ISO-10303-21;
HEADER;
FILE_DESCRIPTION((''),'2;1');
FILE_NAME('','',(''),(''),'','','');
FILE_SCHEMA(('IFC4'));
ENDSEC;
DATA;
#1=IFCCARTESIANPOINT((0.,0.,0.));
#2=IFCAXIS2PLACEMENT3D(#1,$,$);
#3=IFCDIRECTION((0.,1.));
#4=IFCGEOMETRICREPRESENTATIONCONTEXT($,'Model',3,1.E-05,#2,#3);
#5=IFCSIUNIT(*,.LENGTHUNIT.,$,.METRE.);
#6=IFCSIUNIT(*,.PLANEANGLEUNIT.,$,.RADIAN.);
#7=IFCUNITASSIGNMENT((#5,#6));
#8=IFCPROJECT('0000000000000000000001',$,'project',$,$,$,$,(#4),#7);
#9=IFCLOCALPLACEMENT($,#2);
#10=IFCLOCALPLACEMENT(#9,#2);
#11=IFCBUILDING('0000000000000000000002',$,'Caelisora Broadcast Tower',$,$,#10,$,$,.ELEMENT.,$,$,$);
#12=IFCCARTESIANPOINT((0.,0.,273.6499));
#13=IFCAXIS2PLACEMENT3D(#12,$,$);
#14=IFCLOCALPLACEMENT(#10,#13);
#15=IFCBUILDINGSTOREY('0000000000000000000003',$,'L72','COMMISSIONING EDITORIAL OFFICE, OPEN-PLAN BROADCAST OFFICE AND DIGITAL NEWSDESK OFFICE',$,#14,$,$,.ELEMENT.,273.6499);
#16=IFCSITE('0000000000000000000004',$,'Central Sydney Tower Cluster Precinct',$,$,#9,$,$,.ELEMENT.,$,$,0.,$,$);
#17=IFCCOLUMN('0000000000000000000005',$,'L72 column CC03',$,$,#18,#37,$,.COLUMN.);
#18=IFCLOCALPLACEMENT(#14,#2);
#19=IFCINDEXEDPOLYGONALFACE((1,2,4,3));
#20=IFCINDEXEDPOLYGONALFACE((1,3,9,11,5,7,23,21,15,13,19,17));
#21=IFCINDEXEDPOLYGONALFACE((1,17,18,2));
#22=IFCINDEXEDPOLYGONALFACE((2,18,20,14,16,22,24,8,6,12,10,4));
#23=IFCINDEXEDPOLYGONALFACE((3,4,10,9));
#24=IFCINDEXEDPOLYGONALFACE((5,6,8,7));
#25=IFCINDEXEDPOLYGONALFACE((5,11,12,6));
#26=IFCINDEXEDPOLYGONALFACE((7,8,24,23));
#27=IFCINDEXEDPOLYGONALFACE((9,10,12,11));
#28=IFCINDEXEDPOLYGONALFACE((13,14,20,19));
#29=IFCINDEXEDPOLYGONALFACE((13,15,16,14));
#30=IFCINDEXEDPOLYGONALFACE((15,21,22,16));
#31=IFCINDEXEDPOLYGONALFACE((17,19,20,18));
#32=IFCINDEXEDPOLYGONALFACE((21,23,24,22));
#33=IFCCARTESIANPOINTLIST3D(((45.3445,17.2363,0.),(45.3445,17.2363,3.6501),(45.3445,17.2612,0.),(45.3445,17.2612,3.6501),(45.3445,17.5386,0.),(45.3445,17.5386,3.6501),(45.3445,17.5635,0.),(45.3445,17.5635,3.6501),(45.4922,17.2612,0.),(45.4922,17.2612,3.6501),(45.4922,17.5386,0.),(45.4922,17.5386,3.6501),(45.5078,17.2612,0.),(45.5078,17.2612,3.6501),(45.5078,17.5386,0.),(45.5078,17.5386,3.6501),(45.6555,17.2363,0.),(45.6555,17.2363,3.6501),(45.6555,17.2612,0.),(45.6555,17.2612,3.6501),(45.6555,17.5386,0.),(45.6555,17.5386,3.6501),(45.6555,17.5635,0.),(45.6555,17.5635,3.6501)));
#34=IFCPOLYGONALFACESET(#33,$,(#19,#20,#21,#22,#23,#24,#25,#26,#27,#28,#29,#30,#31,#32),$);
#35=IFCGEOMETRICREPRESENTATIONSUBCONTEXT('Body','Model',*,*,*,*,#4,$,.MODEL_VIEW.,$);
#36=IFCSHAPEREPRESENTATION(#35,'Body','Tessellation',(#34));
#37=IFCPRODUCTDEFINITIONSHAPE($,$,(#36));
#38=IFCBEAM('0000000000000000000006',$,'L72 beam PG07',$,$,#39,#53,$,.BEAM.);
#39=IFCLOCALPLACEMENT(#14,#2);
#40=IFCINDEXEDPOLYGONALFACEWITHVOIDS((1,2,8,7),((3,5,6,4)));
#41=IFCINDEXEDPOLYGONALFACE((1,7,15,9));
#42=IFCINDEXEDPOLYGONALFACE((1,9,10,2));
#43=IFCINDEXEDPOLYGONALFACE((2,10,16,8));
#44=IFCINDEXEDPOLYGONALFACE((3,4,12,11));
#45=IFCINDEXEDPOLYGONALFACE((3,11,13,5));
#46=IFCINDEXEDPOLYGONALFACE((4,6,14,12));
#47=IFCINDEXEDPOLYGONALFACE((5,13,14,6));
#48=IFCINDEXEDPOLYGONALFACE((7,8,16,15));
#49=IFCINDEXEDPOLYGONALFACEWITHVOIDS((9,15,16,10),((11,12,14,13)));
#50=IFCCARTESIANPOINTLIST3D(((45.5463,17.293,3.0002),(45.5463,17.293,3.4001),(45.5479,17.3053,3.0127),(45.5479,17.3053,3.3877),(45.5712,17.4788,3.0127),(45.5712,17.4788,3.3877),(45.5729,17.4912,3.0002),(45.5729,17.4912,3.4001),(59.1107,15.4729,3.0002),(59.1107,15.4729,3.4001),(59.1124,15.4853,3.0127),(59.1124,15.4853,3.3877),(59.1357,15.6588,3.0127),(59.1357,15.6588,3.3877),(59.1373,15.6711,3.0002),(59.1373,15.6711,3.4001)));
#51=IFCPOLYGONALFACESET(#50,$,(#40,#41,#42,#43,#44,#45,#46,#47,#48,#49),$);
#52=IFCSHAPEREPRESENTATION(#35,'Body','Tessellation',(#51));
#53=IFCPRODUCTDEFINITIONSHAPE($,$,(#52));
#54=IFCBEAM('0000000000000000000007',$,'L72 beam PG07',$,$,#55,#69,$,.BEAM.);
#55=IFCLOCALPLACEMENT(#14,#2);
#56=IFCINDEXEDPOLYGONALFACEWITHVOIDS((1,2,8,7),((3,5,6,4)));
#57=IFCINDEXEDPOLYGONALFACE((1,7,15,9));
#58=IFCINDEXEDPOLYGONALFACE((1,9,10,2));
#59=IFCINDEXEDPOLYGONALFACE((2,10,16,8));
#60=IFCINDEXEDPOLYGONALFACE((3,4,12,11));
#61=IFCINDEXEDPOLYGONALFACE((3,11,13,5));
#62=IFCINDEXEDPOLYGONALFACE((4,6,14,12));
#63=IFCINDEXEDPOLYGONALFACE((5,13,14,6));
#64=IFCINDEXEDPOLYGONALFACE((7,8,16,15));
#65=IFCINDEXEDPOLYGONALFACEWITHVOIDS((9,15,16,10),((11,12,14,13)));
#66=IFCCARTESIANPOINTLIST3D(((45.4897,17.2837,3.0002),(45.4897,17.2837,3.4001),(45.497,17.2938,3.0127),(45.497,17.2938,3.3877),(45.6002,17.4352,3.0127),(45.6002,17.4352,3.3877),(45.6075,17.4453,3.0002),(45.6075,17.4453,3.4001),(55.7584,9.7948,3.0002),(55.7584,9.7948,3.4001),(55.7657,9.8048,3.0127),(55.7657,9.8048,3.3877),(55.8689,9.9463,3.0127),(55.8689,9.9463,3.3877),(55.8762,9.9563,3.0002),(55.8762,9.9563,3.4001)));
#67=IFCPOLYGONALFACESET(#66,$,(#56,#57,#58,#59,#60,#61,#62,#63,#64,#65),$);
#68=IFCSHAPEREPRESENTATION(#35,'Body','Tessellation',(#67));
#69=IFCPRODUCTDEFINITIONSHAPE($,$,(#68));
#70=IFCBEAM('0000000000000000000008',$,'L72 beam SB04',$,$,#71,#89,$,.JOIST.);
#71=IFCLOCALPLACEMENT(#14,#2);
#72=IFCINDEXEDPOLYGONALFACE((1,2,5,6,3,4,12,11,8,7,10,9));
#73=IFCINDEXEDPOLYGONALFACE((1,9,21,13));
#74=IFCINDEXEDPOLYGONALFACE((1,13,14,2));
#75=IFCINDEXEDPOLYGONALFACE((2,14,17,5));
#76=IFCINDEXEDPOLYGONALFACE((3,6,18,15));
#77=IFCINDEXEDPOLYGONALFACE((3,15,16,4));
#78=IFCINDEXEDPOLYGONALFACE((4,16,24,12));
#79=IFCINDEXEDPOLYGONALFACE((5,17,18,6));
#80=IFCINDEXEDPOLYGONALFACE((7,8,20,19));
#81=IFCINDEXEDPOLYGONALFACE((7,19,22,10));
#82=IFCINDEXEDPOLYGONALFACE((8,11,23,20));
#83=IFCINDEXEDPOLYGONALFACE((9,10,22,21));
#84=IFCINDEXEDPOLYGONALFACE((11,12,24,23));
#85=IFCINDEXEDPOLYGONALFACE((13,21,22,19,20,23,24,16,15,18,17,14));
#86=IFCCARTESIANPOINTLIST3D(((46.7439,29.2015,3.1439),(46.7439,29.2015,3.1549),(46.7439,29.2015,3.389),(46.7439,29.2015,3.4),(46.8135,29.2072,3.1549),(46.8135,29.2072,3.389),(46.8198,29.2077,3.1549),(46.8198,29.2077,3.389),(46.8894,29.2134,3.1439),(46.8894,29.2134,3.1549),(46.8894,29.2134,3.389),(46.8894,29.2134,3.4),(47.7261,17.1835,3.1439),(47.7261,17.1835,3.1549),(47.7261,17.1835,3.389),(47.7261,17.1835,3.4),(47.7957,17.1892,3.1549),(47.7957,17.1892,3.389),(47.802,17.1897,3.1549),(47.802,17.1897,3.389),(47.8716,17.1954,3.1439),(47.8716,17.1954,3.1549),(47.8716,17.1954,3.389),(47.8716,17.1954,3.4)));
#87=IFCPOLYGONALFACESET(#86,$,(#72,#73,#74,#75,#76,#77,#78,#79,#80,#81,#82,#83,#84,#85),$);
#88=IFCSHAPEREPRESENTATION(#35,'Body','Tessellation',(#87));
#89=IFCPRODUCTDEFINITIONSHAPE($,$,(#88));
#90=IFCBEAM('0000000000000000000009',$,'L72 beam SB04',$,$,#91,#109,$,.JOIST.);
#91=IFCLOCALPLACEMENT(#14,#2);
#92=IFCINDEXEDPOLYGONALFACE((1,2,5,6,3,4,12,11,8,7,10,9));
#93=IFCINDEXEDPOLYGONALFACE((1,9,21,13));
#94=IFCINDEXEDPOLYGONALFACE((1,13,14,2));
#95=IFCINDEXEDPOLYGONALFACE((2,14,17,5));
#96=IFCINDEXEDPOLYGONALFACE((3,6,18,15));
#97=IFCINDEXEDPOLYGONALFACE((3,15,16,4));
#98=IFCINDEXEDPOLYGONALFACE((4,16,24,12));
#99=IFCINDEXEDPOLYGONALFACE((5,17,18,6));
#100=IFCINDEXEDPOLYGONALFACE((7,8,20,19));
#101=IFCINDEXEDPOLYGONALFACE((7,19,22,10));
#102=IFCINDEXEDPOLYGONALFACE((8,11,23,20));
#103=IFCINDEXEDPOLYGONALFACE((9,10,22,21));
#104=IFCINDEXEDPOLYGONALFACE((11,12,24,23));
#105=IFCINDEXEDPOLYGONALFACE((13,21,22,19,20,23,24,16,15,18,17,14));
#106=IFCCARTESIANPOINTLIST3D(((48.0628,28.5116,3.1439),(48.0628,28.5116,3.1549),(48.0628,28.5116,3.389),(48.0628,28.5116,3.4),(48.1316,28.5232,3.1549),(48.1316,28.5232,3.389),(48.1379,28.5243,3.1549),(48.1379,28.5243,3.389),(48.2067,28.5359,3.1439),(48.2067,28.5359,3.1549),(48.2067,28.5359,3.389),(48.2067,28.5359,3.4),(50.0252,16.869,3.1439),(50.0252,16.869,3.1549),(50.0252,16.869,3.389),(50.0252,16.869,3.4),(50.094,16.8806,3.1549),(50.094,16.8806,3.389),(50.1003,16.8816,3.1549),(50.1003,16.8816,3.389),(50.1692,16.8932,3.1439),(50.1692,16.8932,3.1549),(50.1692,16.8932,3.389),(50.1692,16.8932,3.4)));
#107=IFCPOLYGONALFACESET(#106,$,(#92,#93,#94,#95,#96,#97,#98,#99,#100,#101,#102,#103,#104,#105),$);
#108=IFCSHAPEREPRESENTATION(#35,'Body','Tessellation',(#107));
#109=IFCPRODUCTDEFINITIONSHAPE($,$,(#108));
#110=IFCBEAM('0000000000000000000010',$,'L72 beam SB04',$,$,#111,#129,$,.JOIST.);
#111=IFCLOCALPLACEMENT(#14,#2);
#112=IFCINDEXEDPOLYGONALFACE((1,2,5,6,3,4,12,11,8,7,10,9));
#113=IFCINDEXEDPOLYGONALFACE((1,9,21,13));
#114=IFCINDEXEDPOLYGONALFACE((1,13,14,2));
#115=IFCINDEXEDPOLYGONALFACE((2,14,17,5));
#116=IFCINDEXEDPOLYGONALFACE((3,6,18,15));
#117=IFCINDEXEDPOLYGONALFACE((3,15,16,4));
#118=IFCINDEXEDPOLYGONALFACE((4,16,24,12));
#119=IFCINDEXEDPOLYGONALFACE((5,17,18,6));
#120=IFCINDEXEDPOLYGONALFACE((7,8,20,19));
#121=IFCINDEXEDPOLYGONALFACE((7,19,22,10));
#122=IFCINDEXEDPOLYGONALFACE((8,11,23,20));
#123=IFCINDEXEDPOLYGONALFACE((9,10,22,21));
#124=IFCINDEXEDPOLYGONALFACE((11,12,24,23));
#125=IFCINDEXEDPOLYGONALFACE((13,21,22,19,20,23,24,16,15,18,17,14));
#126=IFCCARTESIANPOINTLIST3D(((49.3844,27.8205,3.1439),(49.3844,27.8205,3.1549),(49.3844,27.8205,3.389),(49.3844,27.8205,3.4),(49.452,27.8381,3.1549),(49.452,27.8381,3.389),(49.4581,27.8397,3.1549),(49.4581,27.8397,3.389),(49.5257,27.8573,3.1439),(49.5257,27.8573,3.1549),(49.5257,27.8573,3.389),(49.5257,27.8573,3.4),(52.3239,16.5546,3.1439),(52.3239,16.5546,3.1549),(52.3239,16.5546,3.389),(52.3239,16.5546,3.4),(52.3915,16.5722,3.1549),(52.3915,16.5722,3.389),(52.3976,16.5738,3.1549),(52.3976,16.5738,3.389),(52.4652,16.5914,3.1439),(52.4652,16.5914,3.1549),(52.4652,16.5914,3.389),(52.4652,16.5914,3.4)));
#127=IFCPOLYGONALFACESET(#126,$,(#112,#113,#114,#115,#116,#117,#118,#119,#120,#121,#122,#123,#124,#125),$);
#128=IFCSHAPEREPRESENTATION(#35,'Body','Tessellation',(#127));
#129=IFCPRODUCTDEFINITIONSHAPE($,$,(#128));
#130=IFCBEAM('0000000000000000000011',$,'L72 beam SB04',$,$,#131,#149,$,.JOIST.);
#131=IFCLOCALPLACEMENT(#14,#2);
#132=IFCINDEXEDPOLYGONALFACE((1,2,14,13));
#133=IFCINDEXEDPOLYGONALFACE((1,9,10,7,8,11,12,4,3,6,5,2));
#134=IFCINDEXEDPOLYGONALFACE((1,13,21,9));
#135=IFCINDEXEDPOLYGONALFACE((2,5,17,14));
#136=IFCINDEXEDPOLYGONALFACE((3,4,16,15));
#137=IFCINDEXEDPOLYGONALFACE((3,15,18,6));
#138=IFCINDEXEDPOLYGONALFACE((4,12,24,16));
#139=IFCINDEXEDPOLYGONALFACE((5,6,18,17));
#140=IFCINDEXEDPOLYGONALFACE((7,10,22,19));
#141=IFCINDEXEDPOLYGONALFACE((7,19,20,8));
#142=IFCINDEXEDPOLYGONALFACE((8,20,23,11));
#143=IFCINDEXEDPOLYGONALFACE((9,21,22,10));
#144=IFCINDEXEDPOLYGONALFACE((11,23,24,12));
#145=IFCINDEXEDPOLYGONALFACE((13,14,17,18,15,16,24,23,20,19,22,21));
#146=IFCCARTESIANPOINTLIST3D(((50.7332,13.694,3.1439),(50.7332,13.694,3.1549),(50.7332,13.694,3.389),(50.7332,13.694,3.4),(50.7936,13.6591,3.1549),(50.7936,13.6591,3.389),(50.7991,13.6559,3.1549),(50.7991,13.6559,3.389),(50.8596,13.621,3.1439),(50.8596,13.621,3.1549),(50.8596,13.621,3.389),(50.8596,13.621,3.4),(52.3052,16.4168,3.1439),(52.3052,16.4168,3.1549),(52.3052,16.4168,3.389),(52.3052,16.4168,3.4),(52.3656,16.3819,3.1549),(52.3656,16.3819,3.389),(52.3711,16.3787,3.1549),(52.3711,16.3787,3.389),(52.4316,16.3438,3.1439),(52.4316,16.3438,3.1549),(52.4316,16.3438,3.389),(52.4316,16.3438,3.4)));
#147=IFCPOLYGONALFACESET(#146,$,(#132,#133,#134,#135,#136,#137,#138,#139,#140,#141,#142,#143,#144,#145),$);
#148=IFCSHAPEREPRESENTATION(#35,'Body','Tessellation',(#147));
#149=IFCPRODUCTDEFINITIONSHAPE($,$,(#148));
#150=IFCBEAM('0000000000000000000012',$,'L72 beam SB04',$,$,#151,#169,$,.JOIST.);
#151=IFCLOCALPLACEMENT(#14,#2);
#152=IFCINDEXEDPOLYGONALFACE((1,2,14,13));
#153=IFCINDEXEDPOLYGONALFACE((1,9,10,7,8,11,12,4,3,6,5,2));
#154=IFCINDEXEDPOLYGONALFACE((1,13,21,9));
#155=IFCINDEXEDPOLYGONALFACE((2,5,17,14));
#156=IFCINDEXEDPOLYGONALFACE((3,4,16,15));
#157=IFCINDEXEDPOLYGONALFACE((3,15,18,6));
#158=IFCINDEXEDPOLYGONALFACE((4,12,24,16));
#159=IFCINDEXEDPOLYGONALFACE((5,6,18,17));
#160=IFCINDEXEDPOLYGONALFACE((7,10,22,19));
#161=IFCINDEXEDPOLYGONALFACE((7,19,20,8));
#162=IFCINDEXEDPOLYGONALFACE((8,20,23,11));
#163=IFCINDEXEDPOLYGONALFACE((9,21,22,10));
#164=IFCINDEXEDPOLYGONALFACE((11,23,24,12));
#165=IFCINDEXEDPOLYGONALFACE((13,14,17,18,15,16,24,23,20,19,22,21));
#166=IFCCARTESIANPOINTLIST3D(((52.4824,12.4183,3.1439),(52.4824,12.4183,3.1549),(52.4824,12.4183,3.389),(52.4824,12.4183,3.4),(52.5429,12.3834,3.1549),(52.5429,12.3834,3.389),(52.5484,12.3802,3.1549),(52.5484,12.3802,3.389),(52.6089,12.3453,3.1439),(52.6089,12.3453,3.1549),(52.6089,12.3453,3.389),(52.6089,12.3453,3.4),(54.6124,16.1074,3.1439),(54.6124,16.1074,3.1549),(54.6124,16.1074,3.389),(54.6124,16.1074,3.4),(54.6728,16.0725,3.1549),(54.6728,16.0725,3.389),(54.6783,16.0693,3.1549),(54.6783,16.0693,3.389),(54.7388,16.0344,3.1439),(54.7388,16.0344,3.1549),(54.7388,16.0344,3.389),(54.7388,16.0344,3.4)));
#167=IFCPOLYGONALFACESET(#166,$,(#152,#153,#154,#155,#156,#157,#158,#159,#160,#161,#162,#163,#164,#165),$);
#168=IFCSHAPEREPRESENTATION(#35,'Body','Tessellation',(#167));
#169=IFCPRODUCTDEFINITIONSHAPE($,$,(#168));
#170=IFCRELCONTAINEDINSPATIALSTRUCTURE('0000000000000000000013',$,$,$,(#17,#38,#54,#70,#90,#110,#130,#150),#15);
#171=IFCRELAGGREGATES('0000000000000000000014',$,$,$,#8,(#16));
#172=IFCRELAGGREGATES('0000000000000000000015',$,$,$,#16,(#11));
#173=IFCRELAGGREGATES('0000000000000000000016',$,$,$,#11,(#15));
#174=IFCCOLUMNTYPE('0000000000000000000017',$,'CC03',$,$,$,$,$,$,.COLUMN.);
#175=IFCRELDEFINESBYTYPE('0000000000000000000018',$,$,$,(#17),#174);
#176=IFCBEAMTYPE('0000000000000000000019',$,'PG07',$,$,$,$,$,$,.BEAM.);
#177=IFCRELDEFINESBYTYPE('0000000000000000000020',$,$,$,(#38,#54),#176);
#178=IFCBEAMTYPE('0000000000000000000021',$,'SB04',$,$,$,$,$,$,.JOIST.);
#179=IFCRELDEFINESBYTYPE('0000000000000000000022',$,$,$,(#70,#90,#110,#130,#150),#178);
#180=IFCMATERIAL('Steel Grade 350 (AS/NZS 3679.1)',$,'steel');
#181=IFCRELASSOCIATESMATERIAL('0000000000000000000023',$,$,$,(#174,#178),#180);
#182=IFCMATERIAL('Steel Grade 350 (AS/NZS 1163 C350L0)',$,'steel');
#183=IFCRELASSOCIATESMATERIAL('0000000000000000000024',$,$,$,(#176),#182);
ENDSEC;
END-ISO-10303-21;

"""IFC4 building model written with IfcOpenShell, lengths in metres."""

from ifc_helpers import new_model, si_unit, direction, frame, origin, origin_2d, place, context, subcontext, project, spatial, hollow_rectangle, i_section, extrude, source, transform, mapped, material, material_profile, profile_set, type_object, type_shapes, element, save


model = new_model("IFC4")

# Units and contexts
model_context = context("Model", 3, precision=1e-05, world=origin(), true_north=direction((0.0, 1.0)))
body_context = subcontext(model_context, "Body", "Model", "MODEL_VIEW")
ifc_project = project(units=[si_unit("LENGTHUNIT", "METRE"), si_unit("PLANEANGLEUNIT", "RADIAN")], contexts=[model_context])

# Site, building, storey
site_placement = place(None, origin())
site = spatial("IfcSite", under=ifc_project, at=site_placement, Name="Central Sydney Tower Cluster Precinct", CompositionType="ELEMENT", RefElevation=0.0)
building_placement = place(site_placement, origin())
building = spatial("IfcBuilding", under=site, at=building_placement, Name="Caelisora Broadcast Tower", CompositionType="ELEMENT")
storey_placement = place(building_placement, frame((0.0, 0.0, 273.6499)))
storey = spatial("IfcBuildingStorey", under=building, at=storey_placement, Name="L72", Description="COMMISSIONING EDITORIAL OFFICE, OPEN-PLAN BROADCAST OFFICE AND DIGITAL NEWSDESK OFFICE", CompositionType="ELEMENT", Elevation=273.6499)

# Column
ifc_material_1 = material(Name="Steel Grade 350 (AS/NZS 3679.1)", Category="steel")
ifc_material_profile_1 = material_profile(ifc_material_1, i_section(OverallWidth=0.311, OverallDepth=0.3271, WebThickness=0.0156, FlangeThickness=0.0249, at=origin_2d()), Name="Steel Grade 350 (AS/NZS 3679.1)")
ifc_profile_set_1 = profile_set([ifc_material_profile_1], Name="Steel Grade 350 (AS/NZS 3679.1)")
column_type = type_object("IfcColumnType", Name="CC03", PredefinedType="COLUMN", material=ifc_profile_set_1)
shared_shape_1 = source(origin(), body_context, "Body", "SweptSolid", [
    extrude(i_section(OverallWidth=0.311, OverallDepth=0.3271, WebThickness=0.0156, FlangeThickness=0.0249, at=origin_2d()), origin(), (0.0, 0.0, 1.0), 3.6501),
])
type_shapes(column_type, [shared_shape_1])
column_placement = place(storey_placement, frame((45.5, 17.3999, 0.0), z_axis=(0.0, 0.0, 1.0), x_axis=(1.0, 0.0, 0.0)))
element("IfcColumn", 1, at=column_placement, inside=storey, type_object=column_type, Name="L72 column CC03", PredefinedType="COLUMN", context=body_context, shape_type="MappedRepresentation", body=[
    mapped(shared_shape_1, transform((0.0, 0.0, 0.0), scale=1.0)),
])

# Beams
ifc_material_2 = material(Name="Steel Grade 350 (AS/NZS 1163 C350L0)", Category="steel")
ifc_material_profile_2 = material_profile(ifc_material_2, hollow_rectangle(XDim=0.2, YDim=0.3999, WallThickness=0.0125, at=origin_2d()), Name="Steel Grade 350 (AS/NZS 1163 C350L0)")
ifc_profile_set_2 = profile_set([ifc_material_profile_2], Name="Steel Grade 350 (AS/NZS 1163 C350L0)")
beam_type_1 = type_object("IfcBeamType", Name="PG07", PredefinedType="BEAM", material=ifc_profile_set_2)
shared_shape_2 = source(origin(), body_context, "Body", "SweptSolid", [
    extrude(hollow_rectangle(XDim=0.2, YDim=0.3999, WallThickness=0.0125, at=origin_2d()), origin(), (0.0, 0.0, 1.0), 13.686),
])
beam_1_placement = place(storey_placement, frame((45.5596, 17.3921, 3.2002), z_axis=(0.991118, -0.132987, 0.0), x_axis=(0.132987, 0.991118, 0.0)))
element("IfcBeam", 2, at=beam_1_placement, inside=storey, type_object=beam_type_1, Name="L72 beam PG07", PredefinedType="BEAM", context=body_context, shape_type="MappedRepresentation", body=[
    mapped(shared_shape_2, transform((0.0, 0.0, 0.0), scale=1.0)),
])
shared_shape_3 = source(origin(), body_context, "Body", "SweptSolid", [
    extrude(hollow_rectangle(XDim=0.2, YDim=0.3999, WallThickness=0.0125, at=origin_2d()), origin(), (0.0, 0.0, 1.0), 12.7095),
])
type_shapes(beam_type_1, [shared_shape_2, shared_shape_3])
beam_2_placement = place(storey_placement, frame((45.5486, 17.3645, 3.2002), z_axis=(0.807957, -0.589241, 0.0), x_axis=(0.589241, 0.807957, 0.0)))
element("IfcBeam", 3, at=beam_2_placement, inside=storey, type_object=beam_type_1, Name="L72 beam PG07", PredefinedType="BEAM", context=body_context, shape_type="MappedRepresentation", body=[
    mapped(shared_shape_3, transform((0.0, 0.0, 0.0), scale=1.0)),
])
ifc_material_profile_3 = material_profile(ifc_material_1, i_section(OverallWidth=0.146, OverallDepth=0.2561, WebThickness=0.0063, FlangeThickness=0.011, at=origin_2d()), Name="Steel Grade 350 (AS/NZS 3679.1)")
ifc_profile_set_3 = profile_set([ifc_material_profile_3], Name="Steel Grade 350 (AS/NZS 3679.1)")
beam_type_2 = type_object("IfcBeamType", Name="SB04", PredefinedType="JOIST", material=ifc_profile_set_3)
shared_shape_4 = source(origin(), body_context, "Body", "SweptSolid", [
    extrude(i_section(OverallWidth=0.146, OverallDepth=0.2561, WebThickness=0.0063, FlangeThickness=0.011, at=origin_2d()), origin(), (0.0, 0.0, 1.0), 12.0581),
])
beam_3_placement = place(storey_placement, frame((47.7988, 17.1895, 3.272), z_axis=(-0.081454, 0.996677, 0.0), x_axis=(-0.996677, -0.081454, 0.0)))
element("IfcBeam", 4, at=beam_3_placement, inside=storey, type_object=beam_type_2, Name="L72 beam SB04", PredefinedType="JOIST", context=body_context, shape_type="MappedRepresentation", body=[
    mapped(shared_shape_4, transform((0.0, 0.0, 0.0), scale=1.0)),
])
shared_shape_5 = source(origin(), body_context, "Body", "SweptSolid", [
    extrude(i_section(OverallWidth=0.146, OverallDepth=0.2561, WebThickness=0.0063, FlangeThickness=0.011, at=origin_2d()), origin(), (0.0, 0.0, 1.0), 11.8069),
])
beam_4_placement = place(storey_placement, frame((50.0972, 16.8811, 3.272), z_axis=(-0.166209, 0.98609, 0.0), x_axis=(-0.98609, -0.166209, 0.0)))
element("IfcBeam", 5, at=beam_4_placement, inside=storey, type_object=beam_type_2, Name="L72 beam SB04", PredefinedType="JOIST", context=body_context, shape_type="MappedRepresentation", body=[
    mapped(shared_shape_5, transform((0.0, 0.0, 0.0), scale=1.0)),
])
shared_shape_6 = source(origin(), body_context, "Body", "SweptSolid", [
    extrude(i_section(OverallWidth=0.146, OverallDepth=0.2561, WebThickness=0.0063, FlangeThickness=0.011, at=origin_2d()), origin(), (0.0, 0.0, 1.0), 11.6431),
])
beam_5_placement = place(storey_placement, frame((52.3945, 16.573, 3.272), z_axis=(-0.252465, 0.967606, 0.0), x_axis=(-0.967606, -0.252465, 0.0)))
element("IfcBeam", 6, at=beam_5_placement, inside=storey, type_object=beam_type_2, Name="L72 beam SB04", PredefinedType="JOIST", context=body_context, shape_type="MappedRepresentation", body=[
    mapped(shared_shape_6, transform((0.0, 0.0, 0.0), scale=1.0)),
])
shared_shape_7 = source(origin(), body_context, "Body", "SweptSolid", [
    extrude(i_section(OverallWidth=0.146, OverallDepth=0.2561, WebThickness=0.0063, FlangeThickness=0.011, at=origin_2d()), origin(), (0.0, 0.0, 1.0), 3.144),
])
beam_6_placement = place(storey_placement, frame((50.7964, 13.6575, 3.272), z_axis=(0.499989, 0.866032, 0.0), x_axis=(-0.866032, 0.499989, 0.0)))
element("IfcBeam", 7, at=beam_6_placement, inside=storey, type_object=beam_type_2, Name="L72 beam SB04", PredefinedType="JOIST", context=body_context, shape_type="MappedRepresentation", body=[
    mapped(shared_shape_7, transform((0.0, 0.0, 0.0), scale=1.0)),
])
shared_shape_8 = source(origin(), body_context, "Body", "SweptSolid", [
    extrude(i_section(OverallWidth=0.146, OverallDepth=0.2561, WebThickness=0.0063, FlangeThickness=0.011, at=origin_2d()), origin(), (0.0, 0.0, 1.0), 4.2598),
])
type_shapes(beam_type_2, [shared_shape_4, shared_shape_5, shared_shape_6, shared_shape_7, shared_shape_8])
beam_7_placement = place(storey_placement, frame((52.5457, 12.3818, 3.272), z_axis=(0.50001, 0.86602, 0.0), x_axis=(-0.86602, 0.50001, 0.0)))
element("IfcBeam", 8, at=beam_7_placement, inside=storey, type_object=beam_type_2, Name="L72 beam SB04", PredefinedType="JOIST", context=body_context, shape_type="MappedRepresentation", body=[
    mapped(shared_shape_8, transform((0.0, 0.0, 0.0), scale=1.0)),
])

save(model, "model.ifc")
